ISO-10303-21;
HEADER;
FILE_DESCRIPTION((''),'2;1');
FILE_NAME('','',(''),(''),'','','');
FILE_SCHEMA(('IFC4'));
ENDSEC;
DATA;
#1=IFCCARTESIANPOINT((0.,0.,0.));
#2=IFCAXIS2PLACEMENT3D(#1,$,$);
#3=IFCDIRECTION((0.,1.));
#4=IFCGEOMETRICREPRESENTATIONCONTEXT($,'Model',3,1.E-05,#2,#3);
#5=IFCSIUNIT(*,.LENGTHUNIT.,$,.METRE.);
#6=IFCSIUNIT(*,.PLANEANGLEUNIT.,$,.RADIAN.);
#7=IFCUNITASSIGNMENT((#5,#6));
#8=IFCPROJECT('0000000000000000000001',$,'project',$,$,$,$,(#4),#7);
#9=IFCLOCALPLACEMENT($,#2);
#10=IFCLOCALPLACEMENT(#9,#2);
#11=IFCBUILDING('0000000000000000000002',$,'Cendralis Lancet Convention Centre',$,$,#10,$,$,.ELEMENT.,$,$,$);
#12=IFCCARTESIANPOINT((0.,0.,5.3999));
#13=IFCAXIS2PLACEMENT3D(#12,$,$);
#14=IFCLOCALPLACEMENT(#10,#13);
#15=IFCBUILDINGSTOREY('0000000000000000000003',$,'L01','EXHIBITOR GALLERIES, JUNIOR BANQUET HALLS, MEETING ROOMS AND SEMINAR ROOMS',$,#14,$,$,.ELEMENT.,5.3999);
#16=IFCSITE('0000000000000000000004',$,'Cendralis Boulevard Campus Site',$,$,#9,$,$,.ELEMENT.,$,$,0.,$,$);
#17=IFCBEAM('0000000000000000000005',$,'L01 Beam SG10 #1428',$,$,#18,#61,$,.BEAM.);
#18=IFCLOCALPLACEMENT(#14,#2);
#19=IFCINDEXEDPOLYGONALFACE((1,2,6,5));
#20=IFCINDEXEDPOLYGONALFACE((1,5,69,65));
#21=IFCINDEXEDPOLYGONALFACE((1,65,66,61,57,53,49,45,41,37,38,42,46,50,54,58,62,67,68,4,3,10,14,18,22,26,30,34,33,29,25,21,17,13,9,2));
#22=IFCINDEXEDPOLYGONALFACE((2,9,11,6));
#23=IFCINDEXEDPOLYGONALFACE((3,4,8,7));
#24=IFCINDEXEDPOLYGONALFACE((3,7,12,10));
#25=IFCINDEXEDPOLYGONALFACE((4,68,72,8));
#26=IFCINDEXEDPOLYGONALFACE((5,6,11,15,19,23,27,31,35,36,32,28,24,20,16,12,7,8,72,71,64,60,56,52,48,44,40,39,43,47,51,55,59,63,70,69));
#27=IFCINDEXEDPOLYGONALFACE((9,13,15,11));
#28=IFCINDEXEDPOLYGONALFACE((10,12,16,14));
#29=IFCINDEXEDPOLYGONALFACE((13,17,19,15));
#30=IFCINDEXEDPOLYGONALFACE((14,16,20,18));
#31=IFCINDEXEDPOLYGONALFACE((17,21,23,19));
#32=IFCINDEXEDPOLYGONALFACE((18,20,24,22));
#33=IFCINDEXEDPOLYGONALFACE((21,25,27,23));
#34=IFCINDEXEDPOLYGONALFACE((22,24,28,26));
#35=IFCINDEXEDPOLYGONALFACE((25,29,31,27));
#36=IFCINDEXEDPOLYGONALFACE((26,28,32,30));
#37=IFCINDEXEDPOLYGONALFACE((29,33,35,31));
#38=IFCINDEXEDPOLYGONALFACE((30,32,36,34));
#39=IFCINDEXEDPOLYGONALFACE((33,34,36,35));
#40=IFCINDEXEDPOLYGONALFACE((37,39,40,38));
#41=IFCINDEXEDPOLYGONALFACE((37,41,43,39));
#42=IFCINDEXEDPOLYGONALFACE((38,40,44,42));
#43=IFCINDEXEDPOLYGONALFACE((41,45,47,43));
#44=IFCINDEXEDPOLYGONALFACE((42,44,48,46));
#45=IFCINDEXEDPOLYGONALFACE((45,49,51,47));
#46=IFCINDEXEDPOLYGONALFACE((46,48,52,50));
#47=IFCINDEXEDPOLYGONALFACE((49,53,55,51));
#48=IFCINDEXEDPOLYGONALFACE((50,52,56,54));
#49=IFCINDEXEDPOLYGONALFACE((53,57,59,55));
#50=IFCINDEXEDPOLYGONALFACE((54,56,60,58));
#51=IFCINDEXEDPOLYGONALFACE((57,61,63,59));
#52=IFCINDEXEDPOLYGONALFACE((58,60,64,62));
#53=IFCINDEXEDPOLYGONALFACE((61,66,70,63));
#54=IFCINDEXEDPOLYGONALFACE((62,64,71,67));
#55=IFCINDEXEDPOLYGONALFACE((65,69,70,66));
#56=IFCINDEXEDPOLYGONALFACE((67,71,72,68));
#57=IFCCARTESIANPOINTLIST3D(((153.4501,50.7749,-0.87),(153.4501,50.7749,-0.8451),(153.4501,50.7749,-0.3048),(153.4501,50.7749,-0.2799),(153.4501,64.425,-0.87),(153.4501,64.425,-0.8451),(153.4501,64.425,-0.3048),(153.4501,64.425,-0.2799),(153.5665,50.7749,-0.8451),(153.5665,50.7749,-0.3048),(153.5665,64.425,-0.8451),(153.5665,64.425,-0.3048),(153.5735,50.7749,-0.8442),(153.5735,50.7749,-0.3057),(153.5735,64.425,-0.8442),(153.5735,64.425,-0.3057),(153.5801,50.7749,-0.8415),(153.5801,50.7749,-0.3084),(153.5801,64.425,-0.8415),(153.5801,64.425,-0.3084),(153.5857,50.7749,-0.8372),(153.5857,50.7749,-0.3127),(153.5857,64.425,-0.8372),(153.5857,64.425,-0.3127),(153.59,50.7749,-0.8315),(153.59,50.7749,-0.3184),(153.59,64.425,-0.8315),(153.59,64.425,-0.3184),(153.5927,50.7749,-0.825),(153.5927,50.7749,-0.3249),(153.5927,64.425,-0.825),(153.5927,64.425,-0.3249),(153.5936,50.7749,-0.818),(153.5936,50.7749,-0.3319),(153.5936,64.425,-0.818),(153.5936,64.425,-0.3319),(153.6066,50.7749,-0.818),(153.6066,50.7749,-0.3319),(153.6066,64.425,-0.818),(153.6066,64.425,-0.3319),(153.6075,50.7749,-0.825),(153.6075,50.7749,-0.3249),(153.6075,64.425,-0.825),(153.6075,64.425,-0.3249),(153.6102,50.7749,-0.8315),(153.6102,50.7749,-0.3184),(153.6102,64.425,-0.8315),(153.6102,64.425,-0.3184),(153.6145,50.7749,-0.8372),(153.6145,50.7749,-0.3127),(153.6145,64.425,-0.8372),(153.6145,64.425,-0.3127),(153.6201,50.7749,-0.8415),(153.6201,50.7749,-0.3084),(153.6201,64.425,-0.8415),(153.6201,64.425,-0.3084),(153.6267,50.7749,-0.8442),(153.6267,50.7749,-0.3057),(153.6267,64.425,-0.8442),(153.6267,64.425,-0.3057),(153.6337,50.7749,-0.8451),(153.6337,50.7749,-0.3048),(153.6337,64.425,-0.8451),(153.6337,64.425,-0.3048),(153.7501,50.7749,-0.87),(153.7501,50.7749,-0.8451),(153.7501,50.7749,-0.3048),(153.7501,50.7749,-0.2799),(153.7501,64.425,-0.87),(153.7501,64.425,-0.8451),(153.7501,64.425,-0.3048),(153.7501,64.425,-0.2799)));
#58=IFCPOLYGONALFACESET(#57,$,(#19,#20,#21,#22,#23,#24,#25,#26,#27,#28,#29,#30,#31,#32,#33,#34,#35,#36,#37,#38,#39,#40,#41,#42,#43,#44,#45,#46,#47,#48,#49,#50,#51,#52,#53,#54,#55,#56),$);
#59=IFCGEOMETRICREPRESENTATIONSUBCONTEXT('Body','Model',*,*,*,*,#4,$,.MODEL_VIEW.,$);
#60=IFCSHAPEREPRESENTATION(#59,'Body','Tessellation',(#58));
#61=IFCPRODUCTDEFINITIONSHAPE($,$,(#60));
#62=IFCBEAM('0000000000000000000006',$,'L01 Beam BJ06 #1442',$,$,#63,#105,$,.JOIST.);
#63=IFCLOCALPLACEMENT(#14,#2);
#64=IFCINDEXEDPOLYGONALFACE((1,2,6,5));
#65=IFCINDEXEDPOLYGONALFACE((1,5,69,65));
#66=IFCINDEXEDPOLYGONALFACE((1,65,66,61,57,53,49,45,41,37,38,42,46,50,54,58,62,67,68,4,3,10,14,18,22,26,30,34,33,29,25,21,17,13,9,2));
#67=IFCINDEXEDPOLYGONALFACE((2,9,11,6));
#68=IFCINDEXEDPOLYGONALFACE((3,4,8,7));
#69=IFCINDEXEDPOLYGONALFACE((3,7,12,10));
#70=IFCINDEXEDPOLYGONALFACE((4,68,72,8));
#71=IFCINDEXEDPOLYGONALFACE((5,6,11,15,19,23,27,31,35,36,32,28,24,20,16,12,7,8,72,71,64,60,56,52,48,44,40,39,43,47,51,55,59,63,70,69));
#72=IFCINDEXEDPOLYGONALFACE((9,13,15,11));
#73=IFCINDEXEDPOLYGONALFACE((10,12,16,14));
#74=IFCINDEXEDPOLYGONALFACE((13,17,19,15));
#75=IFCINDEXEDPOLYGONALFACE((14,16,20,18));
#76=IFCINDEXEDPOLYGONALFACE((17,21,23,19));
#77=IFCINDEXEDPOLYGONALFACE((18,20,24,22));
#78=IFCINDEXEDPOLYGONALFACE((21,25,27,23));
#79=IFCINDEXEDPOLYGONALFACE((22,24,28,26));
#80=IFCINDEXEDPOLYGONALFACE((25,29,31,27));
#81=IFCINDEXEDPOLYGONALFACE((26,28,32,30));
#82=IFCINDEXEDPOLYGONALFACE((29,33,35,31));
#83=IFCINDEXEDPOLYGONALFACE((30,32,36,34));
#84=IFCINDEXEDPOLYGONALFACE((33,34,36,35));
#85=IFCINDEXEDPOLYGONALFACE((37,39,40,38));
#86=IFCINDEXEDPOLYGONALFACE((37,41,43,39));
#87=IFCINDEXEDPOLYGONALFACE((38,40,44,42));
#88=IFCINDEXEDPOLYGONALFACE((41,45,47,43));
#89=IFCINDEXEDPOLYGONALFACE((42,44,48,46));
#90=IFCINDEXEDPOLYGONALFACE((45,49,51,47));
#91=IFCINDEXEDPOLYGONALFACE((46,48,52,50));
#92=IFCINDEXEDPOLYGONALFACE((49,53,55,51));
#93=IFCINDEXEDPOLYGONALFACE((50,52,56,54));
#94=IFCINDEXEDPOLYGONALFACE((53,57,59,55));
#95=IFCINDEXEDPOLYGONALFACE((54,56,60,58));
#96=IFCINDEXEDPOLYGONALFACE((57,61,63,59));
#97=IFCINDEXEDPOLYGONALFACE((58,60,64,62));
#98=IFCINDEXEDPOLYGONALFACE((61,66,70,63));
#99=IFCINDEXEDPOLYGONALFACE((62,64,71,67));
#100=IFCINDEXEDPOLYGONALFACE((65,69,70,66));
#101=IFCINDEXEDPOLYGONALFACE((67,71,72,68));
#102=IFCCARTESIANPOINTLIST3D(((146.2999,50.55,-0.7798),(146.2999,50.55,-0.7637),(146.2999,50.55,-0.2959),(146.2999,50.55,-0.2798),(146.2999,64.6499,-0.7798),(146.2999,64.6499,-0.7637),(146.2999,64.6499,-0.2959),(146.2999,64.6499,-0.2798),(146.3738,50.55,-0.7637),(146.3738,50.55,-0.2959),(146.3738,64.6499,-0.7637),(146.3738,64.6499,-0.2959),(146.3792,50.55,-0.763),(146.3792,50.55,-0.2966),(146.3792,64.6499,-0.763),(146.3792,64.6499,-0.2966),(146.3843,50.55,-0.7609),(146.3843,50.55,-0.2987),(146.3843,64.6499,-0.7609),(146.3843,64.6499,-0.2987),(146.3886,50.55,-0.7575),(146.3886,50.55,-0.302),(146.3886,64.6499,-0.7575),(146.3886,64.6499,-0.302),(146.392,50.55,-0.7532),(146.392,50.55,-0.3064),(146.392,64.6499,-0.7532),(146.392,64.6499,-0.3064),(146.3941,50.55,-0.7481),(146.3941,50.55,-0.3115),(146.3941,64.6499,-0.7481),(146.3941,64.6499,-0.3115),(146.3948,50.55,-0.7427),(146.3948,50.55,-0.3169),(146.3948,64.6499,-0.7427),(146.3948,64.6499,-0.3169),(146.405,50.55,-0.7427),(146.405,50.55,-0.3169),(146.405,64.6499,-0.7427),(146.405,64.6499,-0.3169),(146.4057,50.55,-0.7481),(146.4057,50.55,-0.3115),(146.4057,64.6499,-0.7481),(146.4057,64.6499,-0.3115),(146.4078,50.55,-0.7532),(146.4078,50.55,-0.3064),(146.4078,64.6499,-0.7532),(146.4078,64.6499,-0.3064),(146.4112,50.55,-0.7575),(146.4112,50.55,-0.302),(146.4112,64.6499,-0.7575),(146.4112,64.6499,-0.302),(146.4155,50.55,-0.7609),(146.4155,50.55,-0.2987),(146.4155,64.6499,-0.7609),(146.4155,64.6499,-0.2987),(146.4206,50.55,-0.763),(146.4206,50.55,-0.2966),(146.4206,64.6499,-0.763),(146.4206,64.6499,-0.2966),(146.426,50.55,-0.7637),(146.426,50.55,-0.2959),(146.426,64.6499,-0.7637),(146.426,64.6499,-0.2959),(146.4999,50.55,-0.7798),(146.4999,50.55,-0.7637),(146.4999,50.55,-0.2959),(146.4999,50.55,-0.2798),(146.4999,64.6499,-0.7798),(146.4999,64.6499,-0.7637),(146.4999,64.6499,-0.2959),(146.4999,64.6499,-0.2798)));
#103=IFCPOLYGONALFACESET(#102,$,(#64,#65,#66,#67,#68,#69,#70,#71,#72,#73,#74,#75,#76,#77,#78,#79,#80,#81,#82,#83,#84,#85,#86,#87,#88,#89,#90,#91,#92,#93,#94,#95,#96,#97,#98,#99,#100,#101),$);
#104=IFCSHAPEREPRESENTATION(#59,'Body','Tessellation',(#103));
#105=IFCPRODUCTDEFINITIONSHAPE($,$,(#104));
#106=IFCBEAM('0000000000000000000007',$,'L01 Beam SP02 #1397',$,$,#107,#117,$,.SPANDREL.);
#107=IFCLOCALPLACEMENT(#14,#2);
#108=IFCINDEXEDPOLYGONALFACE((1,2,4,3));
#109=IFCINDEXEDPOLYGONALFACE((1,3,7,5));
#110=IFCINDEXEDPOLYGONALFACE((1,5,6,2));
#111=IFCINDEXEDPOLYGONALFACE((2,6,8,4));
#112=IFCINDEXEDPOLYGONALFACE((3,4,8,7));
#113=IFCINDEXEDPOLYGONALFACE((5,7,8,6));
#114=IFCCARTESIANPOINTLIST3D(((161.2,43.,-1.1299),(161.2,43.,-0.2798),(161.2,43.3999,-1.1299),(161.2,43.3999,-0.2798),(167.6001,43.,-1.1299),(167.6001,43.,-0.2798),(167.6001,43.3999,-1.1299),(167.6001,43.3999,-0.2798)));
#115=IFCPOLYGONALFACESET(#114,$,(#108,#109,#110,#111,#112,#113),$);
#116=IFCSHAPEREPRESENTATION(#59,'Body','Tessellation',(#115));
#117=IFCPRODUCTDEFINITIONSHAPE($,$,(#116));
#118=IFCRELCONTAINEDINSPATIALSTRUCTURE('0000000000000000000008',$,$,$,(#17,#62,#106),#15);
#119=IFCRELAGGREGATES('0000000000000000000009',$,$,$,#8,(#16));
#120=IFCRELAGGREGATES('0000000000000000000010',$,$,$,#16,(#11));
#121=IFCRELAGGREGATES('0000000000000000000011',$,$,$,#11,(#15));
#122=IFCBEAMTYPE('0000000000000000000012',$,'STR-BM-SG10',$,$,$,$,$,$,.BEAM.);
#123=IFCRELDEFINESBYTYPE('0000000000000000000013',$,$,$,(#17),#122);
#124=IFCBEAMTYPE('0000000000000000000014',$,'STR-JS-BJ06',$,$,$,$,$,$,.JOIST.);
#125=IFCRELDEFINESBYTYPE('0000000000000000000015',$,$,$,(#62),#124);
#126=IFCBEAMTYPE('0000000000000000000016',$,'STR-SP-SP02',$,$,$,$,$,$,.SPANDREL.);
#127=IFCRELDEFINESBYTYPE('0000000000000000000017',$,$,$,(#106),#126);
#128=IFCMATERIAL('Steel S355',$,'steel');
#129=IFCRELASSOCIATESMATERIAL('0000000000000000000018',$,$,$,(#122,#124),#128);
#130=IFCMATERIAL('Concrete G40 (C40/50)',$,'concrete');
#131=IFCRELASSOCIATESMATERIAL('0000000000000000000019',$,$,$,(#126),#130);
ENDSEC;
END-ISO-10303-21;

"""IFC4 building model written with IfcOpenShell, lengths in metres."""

from ifc_helpers import new_model, si_unit, direction, frame, origin, origin_2d, place, context, subcontext, project, spatial, rectangle, i_section, extrude, material, material_profile, profile_set, type_object, element, save


model = new_model("IFC4")

# Units and contexts
model_context = context("Model", 3, precision=1e-05, world=origin(), true_north=direction((0.0, 1.0)))
body_context = subcontext(model_context, "Body", "Model", "MODEL_VIEW")
ifc_project = project(units=[si_unit("LENGTHUNIT", "METRE"), si_unit("PLANEANGLEUNIT", "RADIAN")], contexts=[model_context])

# Site, building, storey
site_placement = place(None, origin())
site = spatial("IfcSite", under=ifc_project, at=site_placement, Name="Cendralis Boulevard Campus Site", CompositionType="ELEMENT", RefElevation=0.0)
building_placement = place(site_placement, origin())
building = spatial("IfcBuilding", under=site, at=building_placement, Name="Cendralis Lancet Convention Centre", CompositionType="ELEMENT")
storey_placement = place(building_placement, frame((0.0, 0.0, 5.3999)))
storey = spatial("IfcBuildingStorey", under=building, at=storey_placement, Name="L01", Description="EXHIBITOR GALLERIES, JUNIOR BANQUET HALLS, MEETING ROOMS AND SEMINAR ROOMS", CompositionType="ELEMENT", Elevation=5.3999)

# Shared definitions
ifc_material_1 = material(Name="Concrete G40 (C40/50)", Category="concrete")

# Beams
ifc_material_2 = material(Name="Steel S355", Category="steel")
ifc_material_profile_1 = material_profile(ifc_material_2, i_section(OverallWidth=0.3, OverallDepth=0.5901, WebThickness=0.0129, FlangeThickness=0.0249, FilletRadius=0.0271, at=origin_2d()), Name="HEA 600")
ifc_profile_set_1 = profile_set([ifc_material_profile_1], Name="Steel S355")
beam_type_1 = type_object("IfcBeamType", Name="STR-BM-SG10", PredefinedType="BEAM", material=ifc_profile_set_1)
beam_1_placement = place(storey_placement, frame((153.6001, 50.7749, -0.575), z_axis=(0.0, 1.0, 0.0), x_axis=(-1.0, 0.0, 0.0)))
element("IfcBeam", 1, at=beam_1_placement, inside=storey, type_object=beam_type_1, Name="L01 Beam SG10 #1428", PredefinedType="BEAM", context=body_context, shape_type="SweptSolid", body=[
    extrude(i_section(OverallWidth=0.3, OverallDepth=0.5901, WebThickness=0.0129, FlangeThickness=0.0249, FilletRadius=0.0271, at=origin_2d()), origin(), (0.0, 0.0, 1.0), 13.6501),
])
ifc_material_profile_2 = material_profile(ifc_material_2, i_section(OverallWidth=0.2, OverallDepth=0.5, WebThickness=0.0103, FlangeThickness=0.0161, FilletRadius=0.021, at=origin_2d()), Name="IPE 500")
ifc_profile_set_2 = profile_set([ifc_material_profile_2], Name="Steel S355")
beam_type_2 = type_object("IfcBeamType", Name="STR-JS-BJ06", PredefinedType="JOIST", material=ifc_profile_set_2)
beam_2_placement = place(storey_placement, frame((146.3999, 50.55, -0.5298), z_axis=(0.0, 1.0, 0.0), x_axis=(-1.0, 0.0, 0.0)))
element("IfcBeam", 2, at=beam_2_placement, inside=storey, type_object=beam_type_2, Name="L01 Beam BJ06 #1442", PredefinedType="JOIST", context=body_context, shape_type="SweptSolid", body=[
    extrude(i_section(OverallWidth=0.2, OverallDepth=0.5, WebThickness=0.0103, FlangeThickness=0.0161, FilletRadius=0.021, at=origin_2d()), origin(), (0.0, 0.0, 1.0), 14.0999),
])
ifc_material_profile_3 = material_profile(ifc_material_1, rectangle(XDim=0.3999, YDim=0.8501, at=origin_2d()), Name="RCB 400x850")
ifc_profile_set_3 = profile_set([ifc_material_profile_3], Name="Concrete G40 (C40/50)")
beam_type_3 = type_object("IfcBeamType", Name="STR-SP-SP02", PredefinedType="SPANDREL", material=ifc_profile_set_3)
beam_3_placement = place(storey_placement, frame((161.2, 43.2, -0.7048), z_axis=(1.0, 0.0, 0.0), x_axis=(0.0, 1.0, 0.0)))
element("IfcBeam", 3, at=beam_3_placement, inside=storey, type_object=beam_type_3, Name="L01 Beam SP02 #1397", PredefinedType="SPANDREL", context=body_context, shape_type="SweptSolid", body=[
    extrude(rectangle(XDim=0.3999, YDim=0.8501, at=origin_2d()), origin(), (0.0, 0.0, 1.0), 6.4001),
])

save(model, "model.ifc")
